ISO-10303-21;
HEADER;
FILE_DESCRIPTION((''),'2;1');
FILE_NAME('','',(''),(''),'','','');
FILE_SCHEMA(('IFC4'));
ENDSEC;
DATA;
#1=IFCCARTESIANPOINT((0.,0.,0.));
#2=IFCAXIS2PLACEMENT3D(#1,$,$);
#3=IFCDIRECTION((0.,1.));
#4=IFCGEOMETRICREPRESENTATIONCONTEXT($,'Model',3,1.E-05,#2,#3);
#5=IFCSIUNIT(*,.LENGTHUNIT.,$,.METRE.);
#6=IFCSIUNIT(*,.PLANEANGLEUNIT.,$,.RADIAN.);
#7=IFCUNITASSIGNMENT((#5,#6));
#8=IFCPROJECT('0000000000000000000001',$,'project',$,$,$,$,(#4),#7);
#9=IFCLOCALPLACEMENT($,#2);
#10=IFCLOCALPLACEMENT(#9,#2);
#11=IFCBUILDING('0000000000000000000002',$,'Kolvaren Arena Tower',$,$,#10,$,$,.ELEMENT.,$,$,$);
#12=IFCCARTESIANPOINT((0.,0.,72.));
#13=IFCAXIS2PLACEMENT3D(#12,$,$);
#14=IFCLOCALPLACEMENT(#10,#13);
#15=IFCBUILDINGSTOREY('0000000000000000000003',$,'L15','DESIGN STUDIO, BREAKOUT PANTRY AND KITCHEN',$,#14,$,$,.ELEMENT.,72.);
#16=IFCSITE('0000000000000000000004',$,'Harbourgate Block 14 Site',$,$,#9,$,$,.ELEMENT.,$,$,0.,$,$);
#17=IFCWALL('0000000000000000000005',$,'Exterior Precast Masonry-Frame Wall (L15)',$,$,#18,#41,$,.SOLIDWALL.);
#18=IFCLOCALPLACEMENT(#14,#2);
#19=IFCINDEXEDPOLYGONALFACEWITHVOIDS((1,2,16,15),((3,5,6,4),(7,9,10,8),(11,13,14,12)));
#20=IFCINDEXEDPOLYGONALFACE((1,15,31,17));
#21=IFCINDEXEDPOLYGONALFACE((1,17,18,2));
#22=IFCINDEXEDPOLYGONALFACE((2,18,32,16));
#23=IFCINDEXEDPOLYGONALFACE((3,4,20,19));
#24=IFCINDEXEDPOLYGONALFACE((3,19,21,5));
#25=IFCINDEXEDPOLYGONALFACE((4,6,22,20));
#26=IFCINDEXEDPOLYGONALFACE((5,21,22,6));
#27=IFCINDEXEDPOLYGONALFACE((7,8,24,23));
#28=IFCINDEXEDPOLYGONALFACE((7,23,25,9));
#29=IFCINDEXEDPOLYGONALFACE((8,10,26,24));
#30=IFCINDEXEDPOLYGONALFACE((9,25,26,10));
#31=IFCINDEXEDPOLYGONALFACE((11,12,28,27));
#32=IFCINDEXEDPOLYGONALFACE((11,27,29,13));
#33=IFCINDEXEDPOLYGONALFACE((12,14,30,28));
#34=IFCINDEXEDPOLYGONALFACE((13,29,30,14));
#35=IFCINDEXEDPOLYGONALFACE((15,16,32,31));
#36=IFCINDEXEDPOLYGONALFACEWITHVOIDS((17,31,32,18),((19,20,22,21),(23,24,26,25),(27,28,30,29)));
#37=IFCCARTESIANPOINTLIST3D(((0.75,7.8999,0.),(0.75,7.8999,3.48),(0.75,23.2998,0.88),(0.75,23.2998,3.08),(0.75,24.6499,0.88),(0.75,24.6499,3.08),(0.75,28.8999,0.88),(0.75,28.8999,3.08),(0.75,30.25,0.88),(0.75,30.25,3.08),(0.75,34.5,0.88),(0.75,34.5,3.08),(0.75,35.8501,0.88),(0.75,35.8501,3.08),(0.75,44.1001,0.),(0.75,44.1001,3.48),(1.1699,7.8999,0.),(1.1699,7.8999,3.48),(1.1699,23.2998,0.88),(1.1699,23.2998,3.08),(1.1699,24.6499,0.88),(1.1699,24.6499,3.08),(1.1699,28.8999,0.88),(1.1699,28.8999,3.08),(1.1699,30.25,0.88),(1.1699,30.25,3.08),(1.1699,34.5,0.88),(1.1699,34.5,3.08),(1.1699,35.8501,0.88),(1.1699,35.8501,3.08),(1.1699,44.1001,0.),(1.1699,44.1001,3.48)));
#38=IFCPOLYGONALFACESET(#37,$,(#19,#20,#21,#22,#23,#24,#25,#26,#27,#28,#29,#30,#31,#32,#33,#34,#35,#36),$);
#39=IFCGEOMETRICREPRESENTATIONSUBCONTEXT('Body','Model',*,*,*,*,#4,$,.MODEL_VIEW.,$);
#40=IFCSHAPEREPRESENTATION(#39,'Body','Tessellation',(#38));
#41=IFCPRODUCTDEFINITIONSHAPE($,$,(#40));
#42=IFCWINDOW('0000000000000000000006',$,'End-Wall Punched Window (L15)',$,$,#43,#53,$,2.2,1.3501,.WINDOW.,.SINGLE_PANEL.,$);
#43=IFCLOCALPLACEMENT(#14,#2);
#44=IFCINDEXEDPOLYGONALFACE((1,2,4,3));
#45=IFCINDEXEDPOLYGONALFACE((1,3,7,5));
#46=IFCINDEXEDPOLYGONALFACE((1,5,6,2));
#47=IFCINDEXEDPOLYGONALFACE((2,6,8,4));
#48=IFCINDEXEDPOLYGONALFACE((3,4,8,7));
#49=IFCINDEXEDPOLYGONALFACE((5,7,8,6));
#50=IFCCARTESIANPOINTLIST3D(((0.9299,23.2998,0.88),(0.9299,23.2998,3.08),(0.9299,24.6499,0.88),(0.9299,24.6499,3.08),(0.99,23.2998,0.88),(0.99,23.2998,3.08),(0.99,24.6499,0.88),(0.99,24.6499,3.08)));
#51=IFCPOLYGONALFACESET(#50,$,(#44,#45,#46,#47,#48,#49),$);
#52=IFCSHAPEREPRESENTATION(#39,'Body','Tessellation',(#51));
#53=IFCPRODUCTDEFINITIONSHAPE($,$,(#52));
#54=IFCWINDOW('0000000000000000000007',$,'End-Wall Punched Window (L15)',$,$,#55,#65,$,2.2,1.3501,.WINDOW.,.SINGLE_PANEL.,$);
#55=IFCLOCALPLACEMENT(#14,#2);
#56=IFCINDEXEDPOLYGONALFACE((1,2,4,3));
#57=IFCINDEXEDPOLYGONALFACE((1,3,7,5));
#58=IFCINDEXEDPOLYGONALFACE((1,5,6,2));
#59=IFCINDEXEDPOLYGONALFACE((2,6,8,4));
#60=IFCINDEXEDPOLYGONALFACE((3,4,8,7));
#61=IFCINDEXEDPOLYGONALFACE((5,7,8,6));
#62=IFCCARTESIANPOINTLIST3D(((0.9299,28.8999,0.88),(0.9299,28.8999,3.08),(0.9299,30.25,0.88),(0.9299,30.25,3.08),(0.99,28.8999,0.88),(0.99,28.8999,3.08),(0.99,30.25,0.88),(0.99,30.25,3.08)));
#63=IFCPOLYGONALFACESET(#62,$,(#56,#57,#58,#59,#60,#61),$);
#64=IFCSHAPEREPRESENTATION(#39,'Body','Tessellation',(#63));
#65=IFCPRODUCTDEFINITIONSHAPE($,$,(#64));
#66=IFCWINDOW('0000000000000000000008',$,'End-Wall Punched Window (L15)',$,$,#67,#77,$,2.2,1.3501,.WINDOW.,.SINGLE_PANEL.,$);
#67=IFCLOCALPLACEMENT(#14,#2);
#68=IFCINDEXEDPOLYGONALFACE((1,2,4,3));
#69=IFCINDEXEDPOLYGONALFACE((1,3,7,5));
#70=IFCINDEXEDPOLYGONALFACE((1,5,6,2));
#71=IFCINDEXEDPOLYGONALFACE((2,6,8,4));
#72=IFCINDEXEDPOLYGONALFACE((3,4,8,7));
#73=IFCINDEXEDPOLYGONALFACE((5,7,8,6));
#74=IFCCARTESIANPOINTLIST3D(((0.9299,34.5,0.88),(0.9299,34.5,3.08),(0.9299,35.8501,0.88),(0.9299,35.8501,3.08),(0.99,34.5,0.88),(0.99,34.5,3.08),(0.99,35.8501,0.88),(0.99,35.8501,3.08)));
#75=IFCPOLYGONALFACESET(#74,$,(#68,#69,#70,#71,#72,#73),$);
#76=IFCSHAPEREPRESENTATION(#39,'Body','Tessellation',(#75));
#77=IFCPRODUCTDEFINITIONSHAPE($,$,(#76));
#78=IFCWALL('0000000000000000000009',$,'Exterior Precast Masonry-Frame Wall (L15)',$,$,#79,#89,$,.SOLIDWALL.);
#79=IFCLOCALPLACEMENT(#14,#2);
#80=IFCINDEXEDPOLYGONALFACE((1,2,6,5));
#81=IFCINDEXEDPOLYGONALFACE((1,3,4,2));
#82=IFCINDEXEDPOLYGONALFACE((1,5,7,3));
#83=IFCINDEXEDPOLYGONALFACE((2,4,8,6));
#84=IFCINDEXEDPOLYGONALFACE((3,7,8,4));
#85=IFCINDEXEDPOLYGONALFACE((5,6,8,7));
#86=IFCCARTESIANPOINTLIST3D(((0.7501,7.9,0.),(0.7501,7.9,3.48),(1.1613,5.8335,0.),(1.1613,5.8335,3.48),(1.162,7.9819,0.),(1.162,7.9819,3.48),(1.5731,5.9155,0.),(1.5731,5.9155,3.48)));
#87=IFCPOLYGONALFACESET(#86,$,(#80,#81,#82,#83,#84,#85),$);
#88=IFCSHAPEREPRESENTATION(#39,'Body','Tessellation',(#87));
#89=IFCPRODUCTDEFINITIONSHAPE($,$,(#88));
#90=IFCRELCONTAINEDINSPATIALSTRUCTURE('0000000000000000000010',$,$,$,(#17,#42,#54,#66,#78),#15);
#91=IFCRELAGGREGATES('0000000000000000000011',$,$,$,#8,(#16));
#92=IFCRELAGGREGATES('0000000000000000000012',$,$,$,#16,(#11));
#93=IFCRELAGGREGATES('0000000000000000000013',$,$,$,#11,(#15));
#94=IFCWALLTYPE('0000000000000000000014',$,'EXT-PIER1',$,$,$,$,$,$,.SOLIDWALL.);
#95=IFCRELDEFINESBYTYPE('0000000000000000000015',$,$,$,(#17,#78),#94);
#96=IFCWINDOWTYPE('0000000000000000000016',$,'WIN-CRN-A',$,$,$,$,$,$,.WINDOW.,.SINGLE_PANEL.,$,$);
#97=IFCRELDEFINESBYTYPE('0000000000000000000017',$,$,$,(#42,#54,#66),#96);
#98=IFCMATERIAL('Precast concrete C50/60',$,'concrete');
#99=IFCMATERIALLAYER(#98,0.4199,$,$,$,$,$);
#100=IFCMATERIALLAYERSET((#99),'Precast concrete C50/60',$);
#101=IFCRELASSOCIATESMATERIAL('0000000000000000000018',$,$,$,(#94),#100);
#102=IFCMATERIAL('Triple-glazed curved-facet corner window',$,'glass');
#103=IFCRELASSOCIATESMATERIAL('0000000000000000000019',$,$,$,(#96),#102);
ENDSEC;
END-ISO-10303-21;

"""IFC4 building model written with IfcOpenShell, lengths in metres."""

from ifc_helpers import new_model, si_unit, direction, frame, frame_2d, origin, place, context, subcontext, project, spatial, rectangle, extrude, material, layer, layer_set, type_object, element, fill, save


model = new_model("IFC4")

# Units and contexts
model_context = context("Model", 3, precision=1e-05, world=origin(), true_north=direction((0.0, 1.0)))
body_context = subcontext(model_context, "Body", "Model", "MODEL_VIEW")
ifc_project = project(units=[si_unit("LENGTHUNIT", "METRE"), si_unit("PLANEANGLEUNIT", "RADIAN")], contexts=[model_context])

# Site, building, storey
site_placement = place(None, origin())
site = spatial("IfcSite", under=ifc_project, at=site_placement, Name="Harbourgate Block 14 Site", CompositionType="ELEMENT", RefElevation=0.0)
building_placement = place(site_placement, origin())
building = spatial("IfcBuilding", under=site, at=building_placement, Name="Kolvaren Arena Tower", CompositionType="ELEMENT")
storey_placement = place(building_placement, frame((0.0, 0.0, 72.0)))
storey = spatial("IfcBuildingStorey", under=building, at=storey_placement, Name="L15", Description="DESIGN STUDIO, BREAKOUT PANTRY AND KITCHEN", CompositionType="ELEMENT", Elevation=72.0)

# Wall, openings, windows
ifc_material_1 = material(Name="Precast concrete C50/60", Category="concrete")
ifc_layer_1 = layer(ifc_material_1, 0.4199)
ifc_layer_set_1 = layer_set([ifc_layer_1], Name="Precast concrete C50/60")
wall_type_1 = type_object("IfcWallType", Name="EXT-PIER1", PredefinedType="SOLIDWALL", material=ifc_layer_set_1)
wall_1_placement = place(storey_placement, frame((0.96, 7.8999, 0.0), z_axis=(0.0, 0.0, 1.0), x_axis=(0.0, 1.0, 0.0)))
wall_1 = element("IfcWall", 1, at=wall_1_placement, inside=storey, type_object=wall_type_1, Name="Exterior Precast Masonry-Frame Wall (L15)", PredefinedType="SOLIDWALL", context=body_context, shape_type="SweptSolid", body=[
    extrude(rectangle(XDim=36.2002, YDim=0.4199, at=frame_2d((18.1001, 0.0))), origin(), (0.0, 0.0, 1.0), 3.48),
])
opening_1_placement = place(wall_1_placement, frame((15.3999, 0.0, 0.8799)))
opening_1 = element("IfcOpeningElement", 2, at=opening_1_placement, cuts=wall_1, PredefinedType="OPENING", context=body_context, shape_type="SweptSolid", body=[
    extrude(rectangle(XDim=1.3501, YDim=2.2, at=frame_2d((0.675, 1.1001))), frame((0.0, 0.22, 0.0), z_axis=(0.0, -1.0, 0.0), x_axis=(1.0, 0.0, 0.0)), (0.0, 0.0, 1.0), 0.4399),
])
opening_2_placement = place(wall_1_placement, frame((21.0, 0.0, 0.8799)))
opening_2 = element("IfcOpeningElement", 3, at=opening_2_placement, cuts=wall_1, PredefinedType="OPENING", context=body_context, shape_type="SweptSolid", body=[
    extrude(rectangle(XDim=1.3501, YDim=2.2, at=frame_2d((0.675, 1.1001))), frame((0.0, 0.22, 0.0), z_axis=(0.0, -1.0, 0.0), x_axis=(1.0, 0.0, 0.0)), (0.0, 0.0, 1.0), 0.4399),
])
opening_3_placement = place(wall_1_placement, frame((26.6001, 0.0, 0.8799)))
opening_3 = element("IfcOpeningElement", 4, at=opening_3_placement, cuts=wall_1, PredefinedType="OPENING", context=body_context, shape_type="SweptSolid", body=[
    extrude(rectangle(XDim=1.3501, YDim=2.2, at=frame_2d((0.675, 1.1001))), frame((0.0, 0.22, 0.0), z_axis=(0.0, -1.0, 0.0), x_axis=(1.0, 0.0, 0.0)), (0.0, 0.0, 1.0), 0.4399),
])
ifc_material_2 = material(Name="Triple-glazed curved-facet corner window", Category="glass")
window_type = type_object("IfcWindowType", Name="WIN-CRN-A", PartitioningType="SINGLE_PANEL", PredefinedType="WINDOW", material=ifc_material_2)
window_1_placement = place(opening_1_placement, origin())
window_1 = element("IfcWindow", 5, at=window_1_placement, inside=storey, type_object=window_type, Name="End-Wall Punched Window (L15)", OverallHeight=2.2, OverallWidth=1.3501, PartitioningType="SINGLE_PANEL", PredefinedType="WINDOW", context=body_context, shape_type="SweptSolid", body=[
    extrude(rectangle(XDim=1.3501, YDim=2.2, at=frame_2d((0.675, 1.1001))), frame((0.0, 0.03, 0.0), z_axis=(0.0, -1.0, 0.0), x_axis=(1.0, 0.0, 0.0)), (0.0, 0.0, 1.0), 0.0601),
])
fill(opening_1, window_1)
window_2_placement = place(opening_2_placement, origin())
window_2 = element("IfcWindow", 6, at=window_2_placement, inside=storey, type_object=window_type, Name="End-Wall Punched Window (L15)", OverallHeight=2.2, OverallWidth=1.3501, PartitioningType="SINGLE_PANEL", PredefinedType="WINDOW", context=body_context, shape_type="SweptSolid", body=[
    extrude(rectangle(XDim=1.3501, YDim=2.2, at=frame_2d((0.675, 1.1001))), frame((0.0, 0.03, 0.0), z_axis=(0.0, -1.0, 0.0), x_axis=(1.0, 0.0, 0.0)), (0.0, 0.0, 1.0), 0.0601),
])
fill(opening_2, window_2)
window_3_placement = place(opening_3_placement, origin())
window_3 = element("IfcWindow", 7, at=window_3_placement, inside=storey, type_object=window_type, Name="End-Wall Punched Window (L15)", OverallHeight=2.2, OverallWidth=1.3501, PartitioningType="SINGLE_PANEL", PredefinedType="WINDOW", context=body_context, shape_type="SweptSolid", body=[
    extrude(rectangle(XDim=1.3501, YDim=2.2, at=frame_2d((0.675, 1.1001))), frame((0.0, 0.03, 0.0), z_axis=(0.0, -1.0, 0.0), x_axis=(1.0, 0.0, 0.0)), (0.0, 0.0, 1.0), 0.0601),
])
fill(opening_3, window_3)

# Wall
wall_2_placement = place(storey_placement, frame((1.3672, 5.8745, 0.0), z_axis=(0.0, 0.0, 1.0), x_axis=(-0.195136, 0.980776, 0.0)))
element("IfcWall", 8, at=wall_2_placement, inside=storey, type_object=wall_type_1, Name="Exterior Precast Masonry-Frame Wall (L15)", PredefinedType="SOLIDWALL", context=body_context, shape_type="SweptSolid", body=[
    extrude(rectangle(XDim=2.1069, YDim=0.4199, at=frame_2d((1.0535, 0.0))), origin(), (0.0, 0.0, 1.0), 3.48),
])

save(model, "model.ifc")
